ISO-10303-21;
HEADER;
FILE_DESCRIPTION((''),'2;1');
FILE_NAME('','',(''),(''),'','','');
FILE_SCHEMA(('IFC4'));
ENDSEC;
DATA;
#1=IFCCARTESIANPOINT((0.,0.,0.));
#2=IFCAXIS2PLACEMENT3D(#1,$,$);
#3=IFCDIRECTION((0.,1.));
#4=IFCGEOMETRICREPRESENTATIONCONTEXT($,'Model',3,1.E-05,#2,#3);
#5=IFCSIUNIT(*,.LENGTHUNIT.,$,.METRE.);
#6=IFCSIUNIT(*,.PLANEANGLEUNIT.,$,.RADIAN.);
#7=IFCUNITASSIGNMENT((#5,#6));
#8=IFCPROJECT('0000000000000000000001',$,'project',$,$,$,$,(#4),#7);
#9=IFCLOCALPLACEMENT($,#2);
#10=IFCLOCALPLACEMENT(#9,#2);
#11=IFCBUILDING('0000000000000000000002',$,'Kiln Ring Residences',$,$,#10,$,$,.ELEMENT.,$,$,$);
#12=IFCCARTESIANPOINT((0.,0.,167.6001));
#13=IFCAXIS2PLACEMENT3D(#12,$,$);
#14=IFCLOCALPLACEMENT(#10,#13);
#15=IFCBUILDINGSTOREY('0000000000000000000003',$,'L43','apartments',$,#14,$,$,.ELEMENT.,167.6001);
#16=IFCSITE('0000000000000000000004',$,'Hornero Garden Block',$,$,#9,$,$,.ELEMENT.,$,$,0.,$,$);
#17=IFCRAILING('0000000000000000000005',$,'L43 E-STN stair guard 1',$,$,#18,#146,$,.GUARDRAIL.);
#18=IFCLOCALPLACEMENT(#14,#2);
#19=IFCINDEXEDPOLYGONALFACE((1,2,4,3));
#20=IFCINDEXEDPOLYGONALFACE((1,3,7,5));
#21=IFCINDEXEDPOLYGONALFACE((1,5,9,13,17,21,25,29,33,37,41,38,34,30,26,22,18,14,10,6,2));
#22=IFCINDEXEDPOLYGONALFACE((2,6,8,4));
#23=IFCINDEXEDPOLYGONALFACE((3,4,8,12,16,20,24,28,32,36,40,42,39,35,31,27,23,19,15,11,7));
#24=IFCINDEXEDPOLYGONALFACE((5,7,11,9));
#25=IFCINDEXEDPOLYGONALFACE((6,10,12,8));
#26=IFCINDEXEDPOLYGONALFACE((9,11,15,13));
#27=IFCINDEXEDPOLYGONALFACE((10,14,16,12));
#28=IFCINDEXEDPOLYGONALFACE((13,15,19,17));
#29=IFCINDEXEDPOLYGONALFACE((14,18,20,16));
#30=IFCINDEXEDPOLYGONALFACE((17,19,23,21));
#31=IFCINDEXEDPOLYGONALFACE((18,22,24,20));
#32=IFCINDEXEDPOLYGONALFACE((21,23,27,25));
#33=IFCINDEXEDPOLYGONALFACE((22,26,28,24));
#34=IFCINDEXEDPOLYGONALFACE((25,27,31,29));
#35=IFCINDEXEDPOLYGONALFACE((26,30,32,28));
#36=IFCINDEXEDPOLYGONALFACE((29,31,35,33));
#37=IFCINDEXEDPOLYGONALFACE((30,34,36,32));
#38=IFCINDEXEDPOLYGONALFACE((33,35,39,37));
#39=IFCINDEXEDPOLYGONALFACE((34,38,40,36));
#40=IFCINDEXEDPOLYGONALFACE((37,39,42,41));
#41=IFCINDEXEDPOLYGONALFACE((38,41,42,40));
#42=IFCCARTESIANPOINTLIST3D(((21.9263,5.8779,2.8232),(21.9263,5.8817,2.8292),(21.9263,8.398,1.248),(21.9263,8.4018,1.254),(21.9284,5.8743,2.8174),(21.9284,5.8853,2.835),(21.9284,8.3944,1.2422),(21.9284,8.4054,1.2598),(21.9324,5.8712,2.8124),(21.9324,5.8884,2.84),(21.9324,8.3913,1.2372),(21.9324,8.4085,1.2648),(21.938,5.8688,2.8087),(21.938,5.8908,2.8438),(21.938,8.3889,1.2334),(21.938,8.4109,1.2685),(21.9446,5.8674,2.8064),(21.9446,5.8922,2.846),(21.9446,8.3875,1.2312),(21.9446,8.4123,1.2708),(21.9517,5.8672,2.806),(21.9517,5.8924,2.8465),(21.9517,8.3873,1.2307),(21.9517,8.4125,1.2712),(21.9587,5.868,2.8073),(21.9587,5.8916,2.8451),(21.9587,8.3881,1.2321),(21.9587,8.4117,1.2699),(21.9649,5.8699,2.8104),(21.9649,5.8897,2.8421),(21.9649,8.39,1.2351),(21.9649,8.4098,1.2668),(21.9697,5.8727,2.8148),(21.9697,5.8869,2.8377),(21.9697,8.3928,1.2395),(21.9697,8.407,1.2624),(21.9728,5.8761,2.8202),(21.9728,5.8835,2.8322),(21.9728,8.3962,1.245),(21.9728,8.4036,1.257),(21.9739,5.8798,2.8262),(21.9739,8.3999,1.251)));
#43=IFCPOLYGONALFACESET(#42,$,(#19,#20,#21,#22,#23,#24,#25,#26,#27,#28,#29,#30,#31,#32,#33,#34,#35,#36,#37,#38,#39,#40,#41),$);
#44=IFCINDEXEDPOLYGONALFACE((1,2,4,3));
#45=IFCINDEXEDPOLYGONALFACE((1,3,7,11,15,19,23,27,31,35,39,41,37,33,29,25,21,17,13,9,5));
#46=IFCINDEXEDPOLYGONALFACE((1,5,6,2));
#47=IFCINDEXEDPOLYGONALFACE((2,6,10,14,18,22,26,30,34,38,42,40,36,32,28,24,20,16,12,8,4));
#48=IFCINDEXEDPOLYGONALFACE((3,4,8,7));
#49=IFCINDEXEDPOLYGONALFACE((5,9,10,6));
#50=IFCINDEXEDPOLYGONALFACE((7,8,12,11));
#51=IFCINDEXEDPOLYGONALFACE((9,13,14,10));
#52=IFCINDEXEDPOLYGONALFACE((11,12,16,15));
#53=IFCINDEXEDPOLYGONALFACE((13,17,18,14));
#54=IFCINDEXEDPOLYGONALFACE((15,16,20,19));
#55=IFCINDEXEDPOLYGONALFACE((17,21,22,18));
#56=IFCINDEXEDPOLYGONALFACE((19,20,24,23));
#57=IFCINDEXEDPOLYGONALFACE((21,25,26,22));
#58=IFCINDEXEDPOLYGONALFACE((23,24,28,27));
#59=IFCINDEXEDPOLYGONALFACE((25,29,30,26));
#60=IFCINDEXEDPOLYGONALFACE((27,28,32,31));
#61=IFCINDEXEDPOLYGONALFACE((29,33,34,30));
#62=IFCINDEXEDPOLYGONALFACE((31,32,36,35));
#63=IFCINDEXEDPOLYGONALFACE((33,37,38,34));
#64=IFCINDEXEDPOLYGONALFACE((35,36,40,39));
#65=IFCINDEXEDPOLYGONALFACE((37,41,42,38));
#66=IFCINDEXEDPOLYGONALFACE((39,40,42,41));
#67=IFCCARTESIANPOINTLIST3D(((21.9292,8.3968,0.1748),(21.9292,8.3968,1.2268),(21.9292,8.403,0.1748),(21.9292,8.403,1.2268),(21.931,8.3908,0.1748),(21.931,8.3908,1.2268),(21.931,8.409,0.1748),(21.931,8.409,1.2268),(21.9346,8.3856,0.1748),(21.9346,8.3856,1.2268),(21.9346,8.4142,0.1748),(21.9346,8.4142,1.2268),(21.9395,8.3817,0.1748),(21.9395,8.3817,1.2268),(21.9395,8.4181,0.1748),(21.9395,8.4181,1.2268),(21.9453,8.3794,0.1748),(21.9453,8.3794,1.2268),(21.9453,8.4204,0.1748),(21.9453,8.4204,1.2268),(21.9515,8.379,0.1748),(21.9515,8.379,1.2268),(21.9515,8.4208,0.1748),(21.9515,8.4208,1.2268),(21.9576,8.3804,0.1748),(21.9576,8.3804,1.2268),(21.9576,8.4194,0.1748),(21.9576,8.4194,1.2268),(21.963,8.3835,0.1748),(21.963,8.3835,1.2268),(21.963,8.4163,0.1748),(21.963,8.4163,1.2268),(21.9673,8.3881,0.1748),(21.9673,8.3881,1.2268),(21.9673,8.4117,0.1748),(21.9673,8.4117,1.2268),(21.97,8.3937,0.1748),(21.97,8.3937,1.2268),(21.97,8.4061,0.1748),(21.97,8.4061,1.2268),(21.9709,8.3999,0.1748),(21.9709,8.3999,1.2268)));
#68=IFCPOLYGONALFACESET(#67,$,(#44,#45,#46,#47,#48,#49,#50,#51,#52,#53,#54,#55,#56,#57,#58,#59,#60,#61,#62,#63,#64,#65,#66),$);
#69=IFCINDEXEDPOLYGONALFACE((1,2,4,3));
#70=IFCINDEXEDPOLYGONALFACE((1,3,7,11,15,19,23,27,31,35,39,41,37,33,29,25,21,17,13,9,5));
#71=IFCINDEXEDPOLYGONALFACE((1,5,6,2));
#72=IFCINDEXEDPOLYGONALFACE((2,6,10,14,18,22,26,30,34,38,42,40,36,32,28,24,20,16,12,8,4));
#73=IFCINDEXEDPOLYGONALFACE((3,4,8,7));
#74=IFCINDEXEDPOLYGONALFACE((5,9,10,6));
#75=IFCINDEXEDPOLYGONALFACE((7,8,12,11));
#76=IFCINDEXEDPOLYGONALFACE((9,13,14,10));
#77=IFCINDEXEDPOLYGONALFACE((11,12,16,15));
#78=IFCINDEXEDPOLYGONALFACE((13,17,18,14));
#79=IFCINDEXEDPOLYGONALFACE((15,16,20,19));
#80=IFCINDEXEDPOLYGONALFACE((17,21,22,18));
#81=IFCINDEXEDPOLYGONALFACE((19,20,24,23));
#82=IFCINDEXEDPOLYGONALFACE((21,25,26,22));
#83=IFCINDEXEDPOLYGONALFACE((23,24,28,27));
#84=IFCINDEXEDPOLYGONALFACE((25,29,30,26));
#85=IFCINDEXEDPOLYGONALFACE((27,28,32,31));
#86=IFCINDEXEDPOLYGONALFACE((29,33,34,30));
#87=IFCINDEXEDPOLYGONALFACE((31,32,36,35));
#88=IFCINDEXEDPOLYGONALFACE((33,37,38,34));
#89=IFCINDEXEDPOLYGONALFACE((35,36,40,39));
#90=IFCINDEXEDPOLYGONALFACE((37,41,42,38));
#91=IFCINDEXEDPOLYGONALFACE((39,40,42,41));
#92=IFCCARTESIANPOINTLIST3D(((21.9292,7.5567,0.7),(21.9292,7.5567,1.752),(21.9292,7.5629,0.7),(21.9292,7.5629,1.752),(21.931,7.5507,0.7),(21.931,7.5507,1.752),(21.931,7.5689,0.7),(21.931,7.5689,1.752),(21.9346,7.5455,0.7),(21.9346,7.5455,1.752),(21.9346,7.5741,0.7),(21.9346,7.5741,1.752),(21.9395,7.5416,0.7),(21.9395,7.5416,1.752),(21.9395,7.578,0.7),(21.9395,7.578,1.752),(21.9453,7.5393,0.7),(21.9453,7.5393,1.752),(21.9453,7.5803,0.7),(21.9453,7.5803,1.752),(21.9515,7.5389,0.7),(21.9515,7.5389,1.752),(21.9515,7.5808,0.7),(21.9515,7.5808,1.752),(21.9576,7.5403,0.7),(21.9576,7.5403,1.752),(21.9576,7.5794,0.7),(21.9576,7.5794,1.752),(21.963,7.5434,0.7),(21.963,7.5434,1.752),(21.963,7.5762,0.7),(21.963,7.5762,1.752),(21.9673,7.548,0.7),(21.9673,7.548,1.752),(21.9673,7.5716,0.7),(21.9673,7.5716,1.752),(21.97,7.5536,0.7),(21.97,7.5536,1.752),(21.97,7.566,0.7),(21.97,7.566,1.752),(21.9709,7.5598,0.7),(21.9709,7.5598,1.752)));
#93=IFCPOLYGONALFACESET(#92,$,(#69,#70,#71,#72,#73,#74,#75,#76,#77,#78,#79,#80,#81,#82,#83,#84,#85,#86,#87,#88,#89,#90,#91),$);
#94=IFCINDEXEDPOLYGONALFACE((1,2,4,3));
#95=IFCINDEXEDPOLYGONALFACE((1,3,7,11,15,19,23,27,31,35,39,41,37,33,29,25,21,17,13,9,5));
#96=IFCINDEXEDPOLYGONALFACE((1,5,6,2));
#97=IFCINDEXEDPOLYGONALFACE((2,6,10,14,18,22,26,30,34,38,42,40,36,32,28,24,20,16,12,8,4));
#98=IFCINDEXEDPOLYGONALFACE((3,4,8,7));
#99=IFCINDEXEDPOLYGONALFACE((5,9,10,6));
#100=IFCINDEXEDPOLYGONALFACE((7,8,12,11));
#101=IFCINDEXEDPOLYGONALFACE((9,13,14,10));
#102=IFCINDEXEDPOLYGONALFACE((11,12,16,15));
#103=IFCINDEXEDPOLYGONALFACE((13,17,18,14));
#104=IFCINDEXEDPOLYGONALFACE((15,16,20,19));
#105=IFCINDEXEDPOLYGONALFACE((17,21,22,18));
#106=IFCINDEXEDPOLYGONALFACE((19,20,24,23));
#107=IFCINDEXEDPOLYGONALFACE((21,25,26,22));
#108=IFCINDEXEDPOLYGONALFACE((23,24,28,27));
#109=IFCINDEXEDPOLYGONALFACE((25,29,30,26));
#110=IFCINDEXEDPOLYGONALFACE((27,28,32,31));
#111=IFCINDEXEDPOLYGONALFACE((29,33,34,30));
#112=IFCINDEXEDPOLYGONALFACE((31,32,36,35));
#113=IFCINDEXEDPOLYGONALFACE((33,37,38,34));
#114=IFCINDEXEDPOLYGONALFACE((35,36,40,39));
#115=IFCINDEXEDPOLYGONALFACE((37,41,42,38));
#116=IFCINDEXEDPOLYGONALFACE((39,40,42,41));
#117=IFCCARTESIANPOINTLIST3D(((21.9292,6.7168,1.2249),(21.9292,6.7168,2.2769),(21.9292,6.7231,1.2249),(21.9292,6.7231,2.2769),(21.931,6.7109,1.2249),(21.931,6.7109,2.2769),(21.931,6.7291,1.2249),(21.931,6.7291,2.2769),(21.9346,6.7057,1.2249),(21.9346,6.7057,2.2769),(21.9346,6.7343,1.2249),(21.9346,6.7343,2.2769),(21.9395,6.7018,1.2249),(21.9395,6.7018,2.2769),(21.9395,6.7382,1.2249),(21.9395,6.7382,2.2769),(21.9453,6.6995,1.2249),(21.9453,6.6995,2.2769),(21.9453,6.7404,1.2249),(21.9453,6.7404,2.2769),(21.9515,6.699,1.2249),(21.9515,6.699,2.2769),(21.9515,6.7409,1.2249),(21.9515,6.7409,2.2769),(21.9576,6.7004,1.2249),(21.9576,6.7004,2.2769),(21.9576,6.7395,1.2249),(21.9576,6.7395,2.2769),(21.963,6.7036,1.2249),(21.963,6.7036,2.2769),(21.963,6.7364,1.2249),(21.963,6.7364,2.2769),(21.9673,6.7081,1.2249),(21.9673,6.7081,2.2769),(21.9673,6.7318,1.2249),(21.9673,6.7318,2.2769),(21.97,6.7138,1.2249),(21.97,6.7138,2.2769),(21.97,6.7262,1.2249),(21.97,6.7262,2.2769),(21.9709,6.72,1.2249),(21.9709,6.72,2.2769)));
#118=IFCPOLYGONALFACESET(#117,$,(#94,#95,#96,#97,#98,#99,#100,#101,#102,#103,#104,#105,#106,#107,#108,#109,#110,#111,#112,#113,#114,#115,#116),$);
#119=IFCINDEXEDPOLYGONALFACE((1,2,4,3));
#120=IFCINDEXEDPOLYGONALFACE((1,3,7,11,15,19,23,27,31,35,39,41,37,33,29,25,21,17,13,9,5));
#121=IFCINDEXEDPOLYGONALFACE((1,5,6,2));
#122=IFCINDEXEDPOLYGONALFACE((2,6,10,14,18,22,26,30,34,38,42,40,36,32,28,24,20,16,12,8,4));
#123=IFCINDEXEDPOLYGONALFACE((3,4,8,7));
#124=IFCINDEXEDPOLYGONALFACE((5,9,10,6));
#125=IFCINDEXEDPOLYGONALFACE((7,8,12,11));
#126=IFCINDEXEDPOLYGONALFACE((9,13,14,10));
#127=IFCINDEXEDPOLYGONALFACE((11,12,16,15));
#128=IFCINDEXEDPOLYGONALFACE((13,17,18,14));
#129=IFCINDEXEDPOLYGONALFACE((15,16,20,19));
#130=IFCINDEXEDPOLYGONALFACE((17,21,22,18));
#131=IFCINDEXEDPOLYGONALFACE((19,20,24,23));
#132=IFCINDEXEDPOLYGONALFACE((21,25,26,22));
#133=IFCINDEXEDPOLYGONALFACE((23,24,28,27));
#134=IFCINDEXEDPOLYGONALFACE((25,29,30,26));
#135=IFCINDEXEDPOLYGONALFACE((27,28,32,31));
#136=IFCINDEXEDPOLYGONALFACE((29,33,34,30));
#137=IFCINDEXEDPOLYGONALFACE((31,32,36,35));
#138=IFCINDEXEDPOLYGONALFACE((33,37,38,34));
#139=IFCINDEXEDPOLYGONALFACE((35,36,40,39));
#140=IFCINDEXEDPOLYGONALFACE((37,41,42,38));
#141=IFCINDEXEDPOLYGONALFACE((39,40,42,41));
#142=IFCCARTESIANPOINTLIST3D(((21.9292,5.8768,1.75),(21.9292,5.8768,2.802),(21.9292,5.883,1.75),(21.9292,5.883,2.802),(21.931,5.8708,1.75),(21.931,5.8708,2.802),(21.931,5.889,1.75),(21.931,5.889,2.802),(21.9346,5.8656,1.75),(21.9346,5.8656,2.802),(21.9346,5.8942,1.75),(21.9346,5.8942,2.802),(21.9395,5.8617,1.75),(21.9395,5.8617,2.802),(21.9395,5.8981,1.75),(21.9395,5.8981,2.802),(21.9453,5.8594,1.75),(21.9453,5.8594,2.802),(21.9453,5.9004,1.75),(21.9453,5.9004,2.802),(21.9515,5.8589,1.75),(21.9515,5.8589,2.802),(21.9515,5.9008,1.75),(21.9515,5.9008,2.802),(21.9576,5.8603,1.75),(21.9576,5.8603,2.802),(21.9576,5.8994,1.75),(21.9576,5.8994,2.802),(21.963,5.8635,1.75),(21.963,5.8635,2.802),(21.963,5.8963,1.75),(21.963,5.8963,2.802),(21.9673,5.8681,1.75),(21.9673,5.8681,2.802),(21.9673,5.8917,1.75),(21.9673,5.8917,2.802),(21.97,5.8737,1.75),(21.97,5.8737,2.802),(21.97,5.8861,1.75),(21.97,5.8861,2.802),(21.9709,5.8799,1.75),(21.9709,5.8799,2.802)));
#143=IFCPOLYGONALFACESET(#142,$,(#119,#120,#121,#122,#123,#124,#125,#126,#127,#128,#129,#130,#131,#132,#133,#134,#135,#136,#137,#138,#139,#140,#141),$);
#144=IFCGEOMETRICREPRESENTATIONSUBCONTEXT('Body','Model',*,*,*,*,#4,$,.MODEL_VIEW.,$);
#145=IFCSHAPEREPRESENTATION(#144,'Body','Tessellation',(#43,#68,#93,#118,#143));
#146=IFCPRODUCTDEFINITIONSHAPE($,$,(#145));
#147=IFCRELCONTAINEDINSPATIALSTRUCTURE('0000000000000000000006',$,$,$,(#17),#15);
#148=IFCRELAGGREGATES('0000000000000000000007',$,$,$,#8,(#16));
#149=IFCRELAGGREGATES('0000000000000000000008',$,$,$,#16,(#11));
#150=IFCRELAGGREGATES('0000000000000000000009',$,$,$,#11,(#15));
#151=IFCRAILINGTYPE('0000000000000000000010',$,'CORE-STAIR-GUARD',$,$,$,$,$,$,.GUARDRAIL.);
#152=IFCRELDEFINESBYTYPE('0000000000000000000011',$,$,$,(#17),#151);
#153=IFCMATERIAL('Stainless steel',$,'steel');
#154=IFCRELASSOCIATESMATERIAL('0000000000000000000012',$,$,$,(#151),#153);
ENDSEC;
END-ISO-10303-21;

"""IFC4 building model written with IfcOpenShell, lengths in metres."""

from ifc_helpers import new_model, si_unit, direction, frame, origin, origin_2d, place, context, subcontext, project, spatial, circle, extrude, material, type_object, element, save


model = new_model("IFC4")

# Units and contexts
model_context = context("Model", 3, precision=1e-05, world=origin(), true_north=direction((0.0, 1.0)))
body_context = subcontext(model_context, "Body", "Model", "MODEL_VIEW")
ifc_project = project(units=[si_unit("LENGTHUNIT", "METRE"), si_unit("PLANEANGLEUNIT", "RADIAN")], contexts=[model_context])

# Site, building, storey
site_placement = place(None, origin())
site = spatial("IfcSite", under=ifc_project, at=site_placement, Name="Hornero Garden Block", CompositionType="ELEMENT", RefElevation=0.0)
building_placement = place(site_placement, origin())
building = spatial("IfcBuilding", under=site, at=building_placement, Name="Kiln Ring Residences", CompositionType="ELEMENT")
storey_placement = place(building_placement, frame((0.0, 0.0, 167.6001)))
storey = spatial("IfcBuildingStorey", under=building, at=storey_placement, Name="L43", Description="apartments", CompositionType="ELEMENT", Elevation=167.6001)

# Railing
ifc_material_1 = material(Name="Stainless steel", Category="steel")
railing_type_1 = type_object("IfcRailingType", Name="CORE-STAIR-GUARD", PredefinedType="GUARDRAIL", material=ifc_material_1)
railing_1_placement = place(storey_placement, frame((21.95, 8.3999, 0.1748)))
element("IfcRailing", 1, at=railing_1_placement, inside=storey, type_object=railing_type_1, Name="L43 E-STN stair guard 1", PredefinedType="GUARDRAIL", context=body_context, shape_type="SweptSolid", body=[
    extrude(circle(Radius=0.0239, at=origin_2d()), frame((0.0, 0.0, 1.0762), z_axis=(0.0, -0.847971, 0.530043), x_axis=(1.0, 0.0, 0.0)), (0.0, 0.0, 1.0), 2.9719),
    extrude(circle(Radius=0.021, at=origin_2d()), origin(), (0.0, 0.0, 1.0), 1.052),
    extrude(circle(Radius=0.021, at=origin_2d()), frame((0.0, -0.8401, 0.5251)), (0.0, 0.0, 1.0), 1.052),
    extrude(circle(Radius=0.021, at=origin_2d()), frame((0.0, -1.6799, 1.05)), (0.0, 0.0, 1.0), 1.052),
    extrude(circle(Radius=0.021, at=origin_2d()), frame((0.0, -2.52, 1.5752)), (0.0, 0.0, 1.0), 1.052),
])

save(model, "model.ifc")
